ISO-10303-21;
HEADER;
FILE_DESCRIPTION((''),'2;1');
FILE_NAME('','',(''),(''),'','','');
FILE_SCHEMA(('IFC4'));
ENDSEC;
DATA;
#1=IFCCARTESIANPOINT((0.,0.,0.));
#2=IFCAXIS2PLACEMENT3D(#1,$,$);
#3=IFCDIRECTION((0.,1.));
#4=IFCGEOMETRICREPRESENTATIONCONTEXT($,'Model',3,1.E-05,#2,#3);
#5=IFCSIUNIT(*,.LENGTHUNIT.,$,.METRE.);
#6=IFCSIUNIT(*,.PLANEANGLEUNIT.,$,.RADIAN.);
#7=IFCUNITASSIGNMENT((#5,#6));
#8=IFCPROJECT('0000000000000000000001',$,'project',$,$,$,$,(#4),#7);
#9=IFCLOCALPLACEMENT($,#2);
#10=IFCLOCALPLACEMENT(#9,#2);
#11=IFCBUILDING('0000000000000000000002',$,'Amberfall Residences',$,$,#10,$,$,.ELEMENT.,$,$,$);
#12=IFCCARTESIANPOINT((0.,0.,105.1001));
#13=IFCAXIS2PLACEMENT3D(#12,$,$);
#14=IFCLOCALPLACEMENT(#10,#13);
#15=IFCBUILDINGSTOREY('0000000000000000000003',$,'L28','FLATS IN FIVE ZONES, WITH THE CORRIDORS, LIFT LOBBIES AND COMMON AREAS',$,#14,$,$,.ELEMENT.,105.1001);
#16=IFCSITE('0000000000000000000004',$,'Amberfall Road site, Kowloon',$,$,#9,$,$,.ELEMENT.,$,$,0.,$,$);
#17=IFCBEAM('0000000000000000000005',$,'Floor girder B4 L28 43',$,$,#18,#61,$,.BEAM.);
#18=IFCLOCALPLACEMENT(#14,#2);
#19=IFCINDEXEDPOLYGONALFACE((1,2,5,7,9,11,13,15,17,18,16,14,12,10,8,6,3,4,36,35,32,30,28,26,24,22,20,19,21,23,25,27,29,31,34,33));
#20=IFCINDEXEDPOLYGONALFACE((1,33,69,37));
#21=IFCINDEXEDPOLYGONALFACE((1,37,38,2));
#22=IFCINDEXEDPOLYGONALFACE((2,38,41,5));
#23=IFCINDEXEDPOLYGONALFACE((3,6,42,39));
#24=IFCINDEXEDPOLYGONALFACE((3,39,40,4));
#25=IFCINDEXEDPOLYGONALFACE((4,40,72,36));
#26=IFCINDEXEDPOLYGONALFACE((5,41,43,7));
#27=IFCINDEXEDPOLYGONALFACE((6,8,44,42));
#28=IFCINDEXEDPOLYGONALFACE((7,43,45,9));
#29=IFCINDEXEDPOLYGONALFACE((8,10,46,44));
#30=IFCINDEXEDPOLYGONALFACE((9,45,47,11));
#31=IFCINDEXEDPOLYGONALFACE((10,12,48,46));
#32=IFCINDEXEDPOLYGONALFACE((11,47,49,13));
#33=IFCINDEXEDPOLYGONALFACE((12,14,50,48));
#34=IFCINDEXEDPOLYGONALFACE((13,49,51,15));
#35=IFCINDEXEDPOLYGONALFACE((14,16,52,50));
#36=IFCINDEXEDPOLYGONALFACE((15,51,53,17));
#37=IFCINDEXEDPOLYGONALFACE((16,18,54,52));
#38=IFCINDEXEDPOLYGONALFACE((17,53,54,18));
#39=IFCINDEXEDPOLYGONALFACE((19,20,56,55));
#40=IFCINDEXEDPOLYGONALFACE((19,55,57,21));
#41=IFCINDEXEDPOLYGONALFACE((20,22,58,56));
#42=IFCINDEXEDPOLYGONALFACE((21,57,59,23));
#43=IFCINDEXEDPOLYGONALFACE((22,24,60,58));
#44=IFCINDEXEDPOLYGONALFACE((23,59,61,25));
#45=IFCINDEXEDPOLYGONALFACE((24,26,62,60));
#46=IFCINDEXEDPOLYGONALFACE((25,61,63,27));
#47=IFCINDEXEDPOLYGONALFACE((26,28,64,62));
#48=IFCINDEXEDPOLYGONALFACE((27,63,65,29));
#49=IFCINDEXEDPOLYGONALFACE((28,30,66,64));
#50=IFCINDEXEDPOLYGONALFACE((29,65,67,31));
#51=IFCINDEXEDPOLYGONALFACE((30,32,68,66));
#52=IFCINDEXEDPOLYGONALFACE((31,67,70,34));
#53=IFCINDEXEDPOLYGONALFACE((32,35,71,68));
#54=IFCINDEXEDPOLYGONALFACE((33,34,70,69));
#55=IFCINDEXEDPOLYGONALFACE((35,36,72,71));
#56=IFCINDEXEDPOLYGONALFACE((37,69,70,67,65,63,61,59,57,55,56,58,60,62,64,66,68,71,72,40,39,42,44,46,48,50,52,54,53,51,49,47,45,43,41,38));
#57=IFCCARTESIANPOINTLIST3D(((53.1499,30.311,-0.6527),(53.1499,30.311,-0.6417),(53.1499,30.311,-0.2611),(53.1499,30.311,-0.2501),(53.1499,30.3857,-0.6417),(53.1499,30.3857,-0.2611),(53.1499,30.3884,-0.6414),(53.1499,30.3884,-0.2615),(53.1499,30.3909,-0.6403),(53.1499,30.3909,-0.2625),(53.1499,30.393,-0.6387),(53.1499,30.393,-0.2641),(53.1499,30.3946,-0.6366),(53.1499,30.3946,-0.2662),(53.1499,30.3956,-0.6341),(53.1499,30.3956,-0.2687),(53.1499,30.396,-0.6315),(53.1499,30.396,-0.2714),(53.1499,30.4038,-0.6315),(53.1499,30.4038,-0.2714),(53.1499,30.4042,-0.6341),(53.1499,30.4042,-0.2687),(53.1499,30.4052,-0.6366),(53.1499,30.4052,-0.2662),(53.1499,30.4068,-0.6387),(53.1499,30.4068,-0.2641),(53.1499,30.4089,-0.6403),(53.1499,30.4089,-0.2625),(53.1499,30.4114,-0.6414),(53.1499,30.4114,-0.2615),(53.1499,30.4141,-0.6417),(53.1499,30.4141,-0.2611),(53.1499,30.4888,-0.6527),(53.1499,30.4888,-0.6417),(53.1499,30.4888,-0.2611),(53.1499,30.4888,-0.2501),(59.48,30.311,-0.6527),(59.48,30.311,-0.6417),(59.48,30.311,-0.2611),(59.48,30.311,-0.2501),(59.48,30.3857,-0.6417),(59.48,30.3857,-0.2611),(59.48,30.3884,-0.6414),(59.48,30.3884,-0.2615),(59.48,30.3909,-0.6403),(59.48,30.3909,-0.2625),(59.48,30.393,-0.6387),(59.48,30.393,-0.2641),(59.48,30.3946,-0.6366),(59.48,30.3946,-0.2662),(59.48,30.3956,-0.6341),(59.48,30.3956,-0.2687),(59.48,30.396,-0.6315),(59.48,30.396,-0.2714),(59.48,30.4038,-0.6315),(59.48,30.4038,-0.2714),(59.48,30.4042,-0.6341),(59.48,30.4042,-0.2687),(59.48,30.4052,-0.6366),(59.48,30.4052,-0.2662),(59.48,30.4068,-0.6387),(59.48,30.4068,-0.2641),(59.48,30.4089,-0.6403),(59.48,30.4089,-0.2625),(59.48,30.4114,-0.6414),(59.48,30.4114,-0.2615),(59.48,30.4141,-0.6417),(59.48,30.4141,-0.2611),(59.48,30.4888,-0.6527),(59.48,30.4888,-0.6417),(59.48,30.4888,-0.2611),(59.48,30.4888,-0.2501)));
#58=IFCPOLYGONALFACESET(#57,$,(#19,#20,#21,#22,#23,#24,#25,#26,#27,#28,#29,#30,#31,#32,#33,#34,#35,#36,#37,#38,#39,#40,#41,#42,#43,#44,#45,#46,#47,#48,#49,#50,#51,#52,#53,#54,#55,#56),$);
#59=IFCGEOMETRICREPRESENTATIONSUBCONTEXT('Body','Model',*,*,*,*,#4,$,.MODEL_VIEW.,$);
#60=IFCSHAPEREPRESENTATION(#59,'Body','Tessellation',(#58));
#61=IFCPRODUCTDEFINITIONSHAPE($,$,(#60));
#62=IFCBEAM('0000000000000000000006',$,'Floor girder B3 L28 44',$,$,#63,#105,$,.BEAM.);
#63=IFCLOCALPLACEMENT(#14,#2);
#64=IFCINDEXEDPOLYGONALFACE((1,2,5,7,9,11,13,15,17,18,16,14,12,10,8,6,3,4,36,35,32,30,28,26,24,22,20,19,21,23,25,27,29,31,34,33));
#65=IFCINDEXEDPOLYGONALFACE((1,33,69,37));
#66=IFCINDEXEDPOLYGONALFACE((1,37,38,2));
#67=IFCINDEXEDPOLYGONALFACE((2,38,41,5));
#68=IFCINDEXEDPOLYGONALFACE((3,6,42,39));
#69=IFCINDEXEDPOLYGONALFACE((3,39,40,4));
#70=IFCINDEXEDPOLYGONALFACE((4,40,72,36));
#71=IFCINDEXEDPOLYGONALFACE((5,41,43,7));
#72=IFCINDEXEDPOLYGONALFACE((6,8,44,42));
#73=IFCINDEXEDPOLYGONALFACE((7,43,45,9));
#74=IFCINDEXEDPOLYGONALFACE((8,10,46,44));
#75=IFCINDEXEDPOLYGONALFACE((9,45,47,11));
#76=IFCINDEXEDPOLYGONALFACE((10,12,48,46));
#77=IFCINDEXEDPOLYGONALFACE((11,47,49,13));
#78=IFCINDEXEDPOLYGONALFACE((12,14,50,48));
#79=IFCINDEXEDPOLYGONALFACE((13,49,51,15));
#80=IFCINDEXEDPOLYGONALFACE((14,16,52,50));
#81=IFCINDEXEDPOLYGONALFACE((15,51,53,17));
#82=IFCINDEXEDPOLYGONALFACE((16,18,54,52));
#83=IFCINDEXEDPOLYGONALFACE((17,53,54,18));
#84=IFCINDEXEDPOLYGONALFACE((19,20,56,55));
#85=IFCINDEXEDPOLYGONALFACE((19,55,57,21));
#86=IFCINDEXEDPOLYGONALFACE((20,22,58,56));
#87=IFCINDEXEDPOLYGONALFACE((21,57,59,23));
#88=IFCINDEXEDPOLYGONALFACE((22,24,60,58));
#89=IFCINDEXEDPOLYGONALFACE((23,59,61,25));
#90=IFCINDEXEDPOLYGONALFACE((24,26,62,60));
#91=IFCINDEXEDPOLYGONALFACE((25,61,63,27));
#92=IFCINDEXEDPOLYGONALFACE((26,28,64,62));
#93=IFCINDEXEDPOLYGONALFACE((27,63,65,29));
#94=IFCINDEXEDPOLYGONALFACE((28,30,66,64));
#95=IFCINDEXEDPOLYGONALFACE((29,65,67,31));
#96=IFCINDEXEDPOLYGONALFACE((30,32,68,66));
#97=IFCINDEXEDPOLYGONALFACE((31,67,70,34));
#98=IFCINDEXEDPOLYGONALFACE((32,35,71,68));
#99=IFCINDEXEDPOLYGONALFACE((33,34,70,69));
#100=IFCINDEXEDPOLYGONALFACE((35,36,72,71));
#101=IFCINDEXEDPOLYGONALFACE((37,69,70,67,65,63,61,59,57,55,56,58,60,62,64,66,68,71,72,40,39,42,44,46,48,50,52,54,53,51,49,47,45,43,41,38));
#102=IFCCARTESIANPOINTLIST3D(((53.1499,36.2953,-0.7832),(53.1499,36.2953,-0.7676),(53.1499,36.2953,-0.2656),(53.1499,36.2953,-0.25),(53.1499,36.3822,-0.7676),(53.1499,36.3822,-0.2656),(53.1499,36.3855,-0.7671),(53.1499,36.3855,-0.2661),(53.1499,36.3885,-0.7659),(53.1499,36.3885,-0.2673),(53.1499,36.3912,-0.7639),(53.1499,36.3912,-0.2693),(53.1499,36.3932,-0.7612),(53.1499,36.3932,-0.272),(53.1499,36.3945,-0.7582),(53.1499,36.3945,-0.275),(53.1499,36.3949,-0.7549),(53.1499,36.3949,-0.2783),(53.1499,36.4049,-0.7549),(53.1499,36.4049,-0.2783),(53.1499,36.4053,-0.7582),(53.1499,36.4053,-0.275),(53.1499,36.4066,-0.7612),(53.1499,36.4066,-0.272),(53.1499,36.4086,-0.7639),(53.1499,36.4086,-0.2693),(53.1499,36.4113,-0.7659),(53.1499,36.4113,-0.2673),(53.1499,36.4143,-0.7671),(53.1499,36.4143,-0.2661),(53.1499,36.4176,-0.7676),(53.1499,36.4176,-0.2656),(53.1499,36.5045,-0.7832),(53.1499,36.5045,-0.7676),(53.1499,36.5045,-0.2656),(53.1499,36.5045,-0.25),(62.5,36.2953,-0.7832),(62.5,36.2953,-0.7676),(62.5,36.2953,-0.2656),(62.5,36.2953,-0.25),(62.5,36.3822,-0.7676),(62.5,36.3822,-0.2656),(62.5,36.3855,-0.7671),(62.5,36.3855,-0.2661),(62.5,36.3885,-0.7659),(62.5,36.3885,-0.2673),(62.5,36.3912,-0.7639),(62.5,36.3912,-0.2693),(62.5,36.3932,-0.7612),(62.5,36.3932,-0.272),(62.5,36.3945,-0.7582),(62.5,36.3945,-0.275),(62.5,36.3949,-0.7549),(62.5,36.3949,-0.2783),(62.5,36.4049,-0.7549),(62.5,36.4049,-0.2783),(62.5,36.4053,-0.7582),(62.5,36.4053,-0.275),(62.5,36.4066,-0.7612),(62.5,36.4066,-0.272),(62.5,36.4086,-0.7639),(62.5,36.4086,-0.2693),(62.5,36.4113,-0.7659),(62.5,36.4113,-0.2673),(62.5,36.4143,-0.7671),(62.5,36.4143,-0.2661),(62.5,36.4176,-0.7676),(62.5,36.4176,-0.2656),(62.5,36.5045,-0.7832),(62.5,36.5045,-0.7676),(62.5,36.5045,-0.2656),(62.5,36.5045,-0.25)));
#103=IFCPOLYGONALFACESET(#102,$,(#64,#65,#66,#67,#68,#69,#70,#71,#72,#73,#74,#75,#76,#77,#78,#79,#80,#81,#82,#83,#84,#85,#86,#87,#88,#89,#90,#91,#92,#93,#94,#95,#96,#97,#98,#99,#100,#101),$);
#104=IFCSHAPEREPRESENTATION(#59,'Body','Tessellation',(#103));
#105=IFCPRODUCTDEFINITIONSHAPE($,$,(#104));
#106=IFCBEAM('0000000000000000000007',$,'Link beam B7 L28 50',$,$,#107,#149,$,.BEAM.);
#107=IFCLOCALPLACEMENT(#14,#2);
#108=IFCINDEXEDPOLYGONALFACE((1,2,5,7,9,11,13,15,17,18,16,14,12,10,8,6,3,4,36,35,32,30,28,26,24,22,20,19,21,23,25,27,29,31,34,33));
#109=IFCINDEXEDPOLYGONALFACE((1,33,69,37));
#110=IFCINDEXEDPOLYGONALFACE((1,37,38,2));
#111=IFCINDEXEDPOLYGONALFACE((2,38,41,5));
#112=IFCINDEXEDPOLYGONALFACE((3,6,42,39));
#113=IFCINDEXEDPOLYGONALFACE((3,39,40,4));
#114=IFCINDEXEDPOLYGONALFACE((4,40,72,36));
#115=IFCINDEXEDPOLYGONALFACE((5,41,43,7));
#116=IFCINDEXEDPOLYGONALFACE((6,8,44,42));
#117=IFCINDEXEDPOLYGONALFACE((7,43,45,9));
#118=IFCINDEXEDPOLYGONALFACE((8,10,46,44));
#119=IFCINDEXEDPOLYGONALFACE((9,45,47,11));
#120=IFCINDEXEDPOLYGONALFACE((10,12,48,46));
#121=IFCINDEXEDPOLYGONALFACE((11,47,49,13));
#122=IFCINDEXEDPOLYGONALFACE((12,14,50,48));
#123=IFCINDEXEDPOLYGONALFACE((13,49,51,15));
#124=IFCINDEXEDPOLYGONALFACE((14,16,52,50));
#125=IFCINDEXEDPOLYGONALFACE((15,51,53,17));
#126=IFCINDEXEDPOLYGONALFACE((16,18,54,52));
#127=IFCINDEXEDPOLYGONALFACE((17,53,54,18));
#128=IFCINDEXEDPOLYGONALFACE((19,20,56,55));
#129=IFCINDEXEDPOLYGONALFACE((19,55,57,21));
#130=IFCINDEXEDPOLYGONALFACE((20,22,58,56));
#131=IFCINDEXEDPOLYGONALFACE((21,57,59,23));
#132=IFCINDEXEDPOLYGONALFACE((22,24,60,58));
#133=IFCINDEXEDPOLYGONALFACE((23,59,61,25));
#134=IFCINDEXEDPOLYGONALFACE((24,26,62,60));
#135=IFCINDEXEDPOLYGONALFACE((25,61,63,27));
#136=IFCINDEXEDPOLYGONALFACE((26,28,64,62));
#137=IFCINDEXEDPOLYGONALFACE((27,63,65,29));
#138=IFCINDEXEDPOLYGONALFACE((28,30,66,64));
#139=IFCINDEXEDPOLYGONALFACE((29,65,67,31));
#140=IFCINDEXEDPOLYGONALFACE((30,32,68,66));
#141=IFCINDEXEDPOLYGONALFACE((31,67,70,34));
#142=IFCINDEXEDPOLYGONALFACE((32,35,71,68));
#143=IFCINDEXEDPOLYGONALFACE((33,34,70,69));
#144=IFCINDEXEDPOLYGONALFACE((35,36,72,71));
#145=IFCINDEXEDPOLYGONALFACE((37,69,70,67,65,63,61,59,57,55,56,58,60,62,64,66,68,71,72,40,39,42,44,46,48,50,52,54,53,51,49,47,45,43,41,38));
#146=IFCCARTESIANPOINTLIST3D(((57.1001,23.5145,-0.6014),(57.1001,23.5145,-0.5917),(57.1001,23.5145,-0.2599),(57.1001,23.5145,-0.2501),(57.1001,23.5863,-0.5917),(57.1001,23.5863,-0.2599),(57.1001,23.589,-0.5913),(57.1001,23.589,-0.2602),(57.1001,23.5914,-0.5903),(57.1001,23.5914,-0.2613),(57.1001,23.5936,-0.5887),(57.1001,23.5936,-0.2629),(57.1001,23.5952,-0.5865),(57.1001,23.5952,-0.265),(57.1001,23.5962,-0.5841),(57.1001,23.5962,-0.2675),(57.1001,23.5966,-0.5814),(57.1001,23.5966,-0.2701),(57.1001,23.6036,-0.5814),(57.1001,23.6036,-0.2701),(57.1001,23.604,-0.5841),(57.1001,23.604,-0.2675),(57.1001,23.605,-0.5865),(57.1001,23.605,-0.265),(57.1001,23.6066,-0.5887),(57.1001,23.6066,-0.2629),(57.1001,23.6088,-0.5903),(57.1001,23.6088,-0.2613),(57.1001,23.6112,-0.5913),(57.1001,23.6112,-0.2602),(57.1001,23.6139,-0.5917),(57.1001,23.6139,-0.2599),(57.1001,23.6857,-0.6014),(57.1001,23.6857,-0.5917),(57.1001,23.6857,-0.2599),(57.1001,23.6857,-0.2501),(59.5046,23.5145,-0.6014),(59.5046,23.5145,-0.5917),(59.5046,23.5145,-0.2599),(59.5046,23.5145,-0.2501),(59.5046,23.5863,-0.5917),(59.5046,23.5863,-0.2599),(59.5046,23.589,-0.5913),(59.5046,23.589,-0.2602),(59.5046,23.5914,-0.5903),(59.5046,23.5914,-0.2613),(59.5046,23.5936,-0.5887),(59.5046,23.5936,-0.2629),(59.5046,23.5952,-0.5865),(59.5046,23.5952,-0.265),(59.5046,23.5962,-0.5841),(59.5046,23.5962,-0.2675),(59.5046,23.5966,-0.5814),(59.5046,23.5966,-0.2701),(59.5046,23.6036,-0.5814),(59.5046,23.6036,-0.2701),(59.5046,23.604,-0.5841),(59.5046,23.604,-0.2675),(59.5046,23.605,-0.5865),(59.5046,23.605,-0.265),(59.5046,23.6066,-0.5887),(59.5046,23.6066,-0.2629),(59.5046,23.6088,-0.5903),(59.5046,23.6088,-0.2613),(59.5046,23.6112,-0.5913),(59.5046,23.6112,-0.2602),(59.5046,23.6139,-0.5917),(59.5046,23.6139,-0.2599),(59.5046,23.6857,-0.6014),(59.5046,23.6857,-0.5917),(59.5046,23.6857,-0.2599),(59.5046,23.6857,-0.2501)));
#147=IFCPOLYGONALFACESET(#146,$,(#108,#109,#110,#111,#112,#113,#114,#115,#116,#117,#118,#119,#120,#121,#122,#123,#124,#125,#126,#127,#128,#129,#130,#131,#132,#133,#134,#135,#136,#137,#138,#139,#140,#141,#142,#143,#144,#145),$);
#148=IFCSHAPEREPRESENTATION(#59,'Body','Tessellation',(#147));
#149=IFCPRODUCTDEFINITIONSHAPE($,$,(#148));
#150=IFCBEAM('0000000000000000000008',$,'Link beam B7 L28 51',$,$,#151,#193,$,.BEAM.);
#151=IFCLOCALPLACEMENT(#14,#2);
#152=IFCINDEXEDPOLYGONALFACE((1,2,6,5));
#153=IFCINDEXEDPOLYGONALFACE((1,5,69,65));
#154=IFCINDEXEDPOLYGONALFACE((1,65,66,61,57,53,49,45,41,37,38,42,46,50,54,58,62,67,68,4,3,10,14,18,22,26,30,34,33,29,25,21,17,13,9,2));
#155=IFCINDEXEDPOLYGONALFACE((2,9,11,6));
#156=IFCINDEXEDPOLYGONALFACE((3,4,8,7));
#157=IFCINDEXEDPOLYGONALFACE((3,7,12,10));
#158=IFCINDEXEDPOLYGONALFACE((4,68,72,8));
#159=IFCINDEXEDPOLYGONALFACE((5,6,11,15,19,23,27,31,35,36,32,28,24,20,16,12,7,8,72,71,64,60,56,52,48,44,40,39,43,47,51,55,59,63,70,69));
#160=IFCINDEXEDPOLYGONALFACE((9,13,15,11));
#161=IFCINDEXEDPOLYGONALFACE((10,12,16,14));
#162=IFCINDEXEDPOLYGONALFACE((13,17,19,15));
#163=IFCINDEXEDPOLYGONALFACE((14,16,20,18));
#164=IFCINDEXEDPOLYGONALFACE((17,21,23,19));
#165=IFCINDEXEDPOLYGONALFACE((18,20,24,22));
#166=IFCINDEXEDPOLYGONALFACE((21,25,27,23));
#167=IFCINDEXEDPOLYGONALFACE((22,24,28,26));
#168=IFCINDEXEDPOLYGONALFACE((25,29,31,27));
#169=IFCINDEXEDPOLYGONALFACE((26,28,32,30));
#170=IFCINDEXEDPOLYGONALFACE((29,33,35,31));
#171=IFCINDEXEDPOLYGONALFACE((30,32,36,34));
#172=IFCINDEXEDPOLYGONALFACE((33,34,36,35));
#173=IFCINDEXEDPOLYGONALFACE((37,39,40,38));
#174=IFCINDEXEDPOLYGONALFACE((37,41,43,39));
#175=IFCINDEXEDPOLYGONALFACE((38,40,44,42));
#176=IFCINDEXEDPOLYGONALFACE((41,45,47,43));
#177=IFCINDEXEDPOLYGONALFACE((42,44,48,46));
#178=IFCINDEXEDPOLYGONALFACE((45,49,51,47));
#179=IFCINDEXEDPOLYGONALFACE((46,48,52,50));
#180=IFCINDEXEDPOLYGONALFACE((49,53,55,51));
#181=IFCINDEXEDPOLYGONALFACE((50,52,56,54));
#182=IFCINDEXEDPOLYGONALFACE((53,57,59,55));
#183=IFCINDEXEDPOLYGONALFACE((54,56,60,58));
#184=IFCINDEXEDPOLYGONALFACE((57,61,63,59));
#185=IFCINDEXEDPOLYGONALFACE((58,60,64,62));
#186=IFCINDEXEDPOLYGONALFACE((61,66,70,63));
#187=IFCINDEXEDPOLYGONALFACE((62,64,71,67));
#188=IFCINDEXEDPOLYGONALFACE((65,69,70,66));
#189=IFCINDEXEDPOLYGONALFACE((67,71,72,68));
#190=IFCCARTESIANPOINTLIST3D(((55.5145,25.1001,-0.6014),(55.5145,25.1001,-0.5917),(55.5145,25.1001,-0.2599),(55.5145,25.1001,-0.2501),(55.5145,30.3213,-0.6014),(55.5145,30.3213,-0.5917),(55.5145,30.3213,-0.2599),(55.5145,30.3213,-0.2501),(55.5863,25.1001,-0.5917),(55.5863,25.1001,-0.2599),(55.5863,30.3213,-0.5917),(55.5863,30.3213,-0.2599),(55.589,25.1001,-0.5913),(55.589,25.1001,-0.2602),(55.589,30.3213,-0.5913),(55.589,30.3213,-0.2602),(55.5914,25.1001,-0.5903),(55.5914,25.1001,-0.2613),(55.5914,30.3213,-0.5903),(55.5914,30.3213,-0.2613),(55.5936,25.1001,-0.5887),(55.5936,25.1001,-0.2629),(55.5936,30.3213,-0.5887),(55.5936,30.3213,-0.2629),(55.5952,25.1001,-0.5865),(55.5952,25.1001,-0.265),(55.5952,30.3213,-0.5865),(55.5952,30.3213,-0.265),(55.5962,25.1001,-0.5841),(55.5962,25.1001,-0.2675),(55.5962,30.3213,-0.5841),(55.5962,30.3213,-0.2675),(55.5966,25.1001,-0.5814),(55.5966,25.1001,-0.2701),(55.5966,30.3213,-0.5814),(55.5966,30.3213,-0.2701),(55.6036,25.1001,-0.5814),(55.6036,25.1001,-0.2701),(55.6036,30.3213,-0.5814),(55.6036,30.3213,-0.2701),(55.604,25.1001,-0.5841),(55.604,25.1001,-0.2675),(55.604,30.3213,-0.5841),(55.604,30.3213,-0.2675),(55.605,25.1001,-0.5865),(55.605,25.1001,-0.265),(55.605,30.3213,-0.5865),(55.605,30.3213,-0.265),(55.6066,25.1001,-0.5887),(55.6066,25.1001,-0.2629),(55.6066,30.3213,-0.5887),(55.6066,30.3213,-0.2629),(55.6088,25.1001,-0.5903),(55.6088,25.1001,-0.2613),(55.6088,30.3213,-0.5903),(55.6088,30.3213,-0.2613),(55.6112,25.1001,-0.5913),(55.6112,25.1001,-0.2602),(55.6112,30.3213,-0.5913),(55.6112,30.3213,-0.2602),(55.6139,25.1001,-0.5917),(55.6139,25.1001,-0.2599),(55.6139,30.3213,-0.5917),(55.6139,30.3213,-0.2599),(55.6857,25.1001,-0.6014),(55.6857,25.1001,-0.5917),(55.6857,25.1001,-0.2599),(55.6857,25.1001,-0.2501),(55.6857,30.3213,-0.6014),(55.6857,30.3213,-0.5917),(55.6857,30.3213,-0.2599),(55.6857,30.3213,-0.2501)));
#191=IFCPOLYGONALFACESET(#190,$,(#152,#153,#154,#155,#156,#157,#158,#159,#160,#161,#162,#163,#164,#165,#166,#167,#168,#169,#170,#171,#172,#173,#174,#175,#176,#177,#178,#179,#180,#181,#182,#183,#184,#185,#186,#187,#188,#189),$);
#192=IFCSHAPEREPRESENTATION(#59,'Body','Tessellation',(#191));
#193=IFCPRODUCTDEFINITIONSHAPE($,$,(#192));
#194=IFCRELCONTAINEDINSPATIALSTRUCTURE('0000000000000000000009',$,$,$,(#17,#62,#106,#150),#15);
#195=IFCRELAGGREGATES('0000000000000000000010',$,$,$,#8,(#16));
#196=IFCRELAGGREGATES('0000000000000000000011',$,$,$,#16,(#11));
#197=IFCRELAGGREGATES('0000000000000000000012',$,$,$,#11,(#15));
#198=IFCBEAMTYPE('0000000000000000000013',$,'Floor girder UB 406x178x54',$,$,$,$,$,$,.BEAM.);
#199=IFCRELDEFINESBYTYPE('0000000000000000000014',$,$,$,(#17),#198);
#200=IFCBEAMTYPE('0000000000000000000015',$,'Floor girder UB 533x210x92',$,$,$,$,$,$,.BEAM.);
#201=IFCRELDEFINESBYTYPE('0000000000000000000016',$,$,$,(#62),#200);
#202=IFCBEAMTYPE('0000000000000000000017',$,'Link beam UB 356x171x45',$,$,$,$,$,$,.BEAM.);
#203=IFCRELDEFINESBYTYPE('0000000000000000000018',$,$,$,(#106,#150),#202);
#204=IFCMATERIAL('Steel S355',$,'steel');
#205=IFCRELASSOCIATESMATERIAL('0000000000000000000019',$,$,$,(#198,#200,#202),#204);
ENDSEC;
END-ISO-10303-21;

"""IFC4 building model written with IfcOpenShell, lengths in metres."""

from ifc_helpers import new_model, si_unit, direction, frame, origin, origin_2d, place, context, subcontext, project, spatial, i_section, extrude, material, material_profile, profile_set, type_object, element, save


model = new_model("IFC4")

# Units and contexts
model_context = context("Model", 3, precision=1e-05, world=origin(), true_north=direction((0.0, 1.0)))
body_context = subcontext(model_context, "Body", "Model", "MODEL_VIEW")
ifc_project = project(units=[si_unit("LENGTHUNIT", "METRE"), si_unit("PLANEANGLEUNIT", "RADIAN")], contexts=[model_context])

# Site, building, storey
site_placement = place(None, origin())
site = spatial("IfcSite", under=ifc_project, at=site_placement, Name="Amberfall Road site, Kowloon", CompositionType="ELEMENT", RefElevation=0.0)
building_placement = place(site_placement, origin())
building = spatial("IfcBuilding", under=site, at=building_placement, Name="Amberfall Residences", CompositionType="ELEMENT")
storey_placement = place(building_placement, frame((0.0, 0.0, 105.1001)))
storey = spatial("IfcBuildingStorey", under=building, at=storey_placement, Name="L28", Description="FLATS IN FIVE ZONES, WITH THE CORRIDORS, LIFT LOBBIES AND COMMON AREAS", CompositionType="ELEMENT", Elevation=105.1001)

# Beams
ifc_material_1 = material(Name="Steel S355", Category="steel")
ifc_material_profile_1 = material_profile(ifc_material_1, i_section(OverallWidth=0.1777, OverallDepth=0.4026, WebThickness=0.0078, FlangeThickness=0.011, FilletRadius=0.0103, at=origin_2d()), Name="UB 406x178x54")
ifc_profile_set_1 = profile_set([ifc_material_profile_1], Name="Steel S355")
beam_type_1 = type_object("IfcBeamType", Name="Floor girder UB 406x178x54", PredefinedType="BEAM", material=ifc_profile_set_1)
beam_1_placement = place(storey_placement, frame((53.1499, 30.3999, -0.4514), z_axis=(1.0, 0.0, 0.0), x_axis=(0.0, 1.0, 0.0)))
element("IfcBeam", 1, at=beam_1_placement, inside=storey, type_object=beam_type_1, Name="Floor girder B4 L28 43", PredefinedType="BEAM", context=body_context, shape_type="SweptSolid", body=[
    extrude(i_section(OverallWidth=0.1777, OverallDepth=0.4026, WebThickness=0.0078, FlangeThickness=0.011, FilletRadius=0.0103, at=origin_2d()), origin(), (0.0, 0.0, 1.0), 6.3301),
])
ifc_material_profile_2 = material_profile(ifc_material_1, i_section(OverallWidth=0.2092, OverallDepth=0.5332, WebThickness=0.01, FlangeThickness=0.0156, FilletRadius=0.0127, at=origin_2d()), Name="UB 533x210x92")
ifc_profile_set_2 = profile_set([ifc_material_profile_2], Name="Steel S355")
beam_type_2 = type_object("IfcBeamType", Name="Floor girder UB 533x210x92", PredefinedType="BEAM", material=ifc_profile_set_2)
beam_2_placement = place(storey_placement, frame((53.1499, 36.3999, -0.5166), z_axis=(1.0, 0.0, 0.0), x_axis=(0.0, 1.0, 0.0)))
element("IfcBeam", 2, at=beam_2_placement, inside=storey, type_object=beam_type_2, Name="Floor girder B3 L28 44", PredefinedType="BEAM", context=body_context, shape_type="SweptSolid", body=[
    extrude(i_section(OverallWidth=0.2092, OverallDepth=0.5332, WebThickness=0.01, FlangeThickness=0.0156, FilletRadius=0.0127, at=origin_2d()), origin(), (0.0, 0.0, 1.0), 9.3501),
])
ifc_material_profile_3 = material_profile(ifc_material_1, i_section(OverallWidth=0.1711, OverallDepth=0.3513, WebThickness=0.0071, FlangeThickness=0.0098, FilletRadius=0.0103, at=origin_2d()), Name="UB 356x171x45")
ifc_profile_set_3 = profile_set([ifc_material_profile_3], Name="Steel S355")
beam_type_3 = type_object("IfcBeamType", Name="Link beam UB 356x171x45", PredefinedType="BEAM", material=ifc_profile_set_3)
beam_3_placement = place(storey_placement, frame((57.1001, 23.6001, -0.4258), z_axis=(1.0, 0.0, 0.0), x_axis=(0.0, 1.0, 0.0)))
element("IfcBeam", 3, at=beam_3_placement, inside=storey, type_object=beam_type_3, Name="Link beam B7 L28 50", PredefinedType="BEAM", context=body_context, shape_type="SweptSolid", body=[
    extrude(i_section(OverallWidth=0.1711, OverallDepth=0.3513, WebThickness=0.0071, FlangeThickness=0.0098, FilletRadius=0.0103, at=origin_2d()), origin(), (0.0, 0.0, 1.0), 2.4045),
])
beam_4_placement = place(storey_placement, frame((55.6001, 25.1001, -0.4258), z_axis=(0.0, 1.0, 0.0), x_axis=(-1.0, 0.0, 0.0)))
element("IfcBeam", 4, at=beam_4_placement, inside=storey, type_object=beam_type_3, Name="Link beam B7 L28 51", PredefinedType="BEAM", context=body_context, shape_type="SweptSolid", body=[
    extrude(i_section(OverallWidth=0.1711, OverallDepth=0.3513, WebThickness=0.0071, FlangeThickness=0.0098, FilletRadius=0.0103, at=origin_2d()), origin(), (0.0, 0.0, 1.0), 5.2212),
])

save(model, "model.ifc")
